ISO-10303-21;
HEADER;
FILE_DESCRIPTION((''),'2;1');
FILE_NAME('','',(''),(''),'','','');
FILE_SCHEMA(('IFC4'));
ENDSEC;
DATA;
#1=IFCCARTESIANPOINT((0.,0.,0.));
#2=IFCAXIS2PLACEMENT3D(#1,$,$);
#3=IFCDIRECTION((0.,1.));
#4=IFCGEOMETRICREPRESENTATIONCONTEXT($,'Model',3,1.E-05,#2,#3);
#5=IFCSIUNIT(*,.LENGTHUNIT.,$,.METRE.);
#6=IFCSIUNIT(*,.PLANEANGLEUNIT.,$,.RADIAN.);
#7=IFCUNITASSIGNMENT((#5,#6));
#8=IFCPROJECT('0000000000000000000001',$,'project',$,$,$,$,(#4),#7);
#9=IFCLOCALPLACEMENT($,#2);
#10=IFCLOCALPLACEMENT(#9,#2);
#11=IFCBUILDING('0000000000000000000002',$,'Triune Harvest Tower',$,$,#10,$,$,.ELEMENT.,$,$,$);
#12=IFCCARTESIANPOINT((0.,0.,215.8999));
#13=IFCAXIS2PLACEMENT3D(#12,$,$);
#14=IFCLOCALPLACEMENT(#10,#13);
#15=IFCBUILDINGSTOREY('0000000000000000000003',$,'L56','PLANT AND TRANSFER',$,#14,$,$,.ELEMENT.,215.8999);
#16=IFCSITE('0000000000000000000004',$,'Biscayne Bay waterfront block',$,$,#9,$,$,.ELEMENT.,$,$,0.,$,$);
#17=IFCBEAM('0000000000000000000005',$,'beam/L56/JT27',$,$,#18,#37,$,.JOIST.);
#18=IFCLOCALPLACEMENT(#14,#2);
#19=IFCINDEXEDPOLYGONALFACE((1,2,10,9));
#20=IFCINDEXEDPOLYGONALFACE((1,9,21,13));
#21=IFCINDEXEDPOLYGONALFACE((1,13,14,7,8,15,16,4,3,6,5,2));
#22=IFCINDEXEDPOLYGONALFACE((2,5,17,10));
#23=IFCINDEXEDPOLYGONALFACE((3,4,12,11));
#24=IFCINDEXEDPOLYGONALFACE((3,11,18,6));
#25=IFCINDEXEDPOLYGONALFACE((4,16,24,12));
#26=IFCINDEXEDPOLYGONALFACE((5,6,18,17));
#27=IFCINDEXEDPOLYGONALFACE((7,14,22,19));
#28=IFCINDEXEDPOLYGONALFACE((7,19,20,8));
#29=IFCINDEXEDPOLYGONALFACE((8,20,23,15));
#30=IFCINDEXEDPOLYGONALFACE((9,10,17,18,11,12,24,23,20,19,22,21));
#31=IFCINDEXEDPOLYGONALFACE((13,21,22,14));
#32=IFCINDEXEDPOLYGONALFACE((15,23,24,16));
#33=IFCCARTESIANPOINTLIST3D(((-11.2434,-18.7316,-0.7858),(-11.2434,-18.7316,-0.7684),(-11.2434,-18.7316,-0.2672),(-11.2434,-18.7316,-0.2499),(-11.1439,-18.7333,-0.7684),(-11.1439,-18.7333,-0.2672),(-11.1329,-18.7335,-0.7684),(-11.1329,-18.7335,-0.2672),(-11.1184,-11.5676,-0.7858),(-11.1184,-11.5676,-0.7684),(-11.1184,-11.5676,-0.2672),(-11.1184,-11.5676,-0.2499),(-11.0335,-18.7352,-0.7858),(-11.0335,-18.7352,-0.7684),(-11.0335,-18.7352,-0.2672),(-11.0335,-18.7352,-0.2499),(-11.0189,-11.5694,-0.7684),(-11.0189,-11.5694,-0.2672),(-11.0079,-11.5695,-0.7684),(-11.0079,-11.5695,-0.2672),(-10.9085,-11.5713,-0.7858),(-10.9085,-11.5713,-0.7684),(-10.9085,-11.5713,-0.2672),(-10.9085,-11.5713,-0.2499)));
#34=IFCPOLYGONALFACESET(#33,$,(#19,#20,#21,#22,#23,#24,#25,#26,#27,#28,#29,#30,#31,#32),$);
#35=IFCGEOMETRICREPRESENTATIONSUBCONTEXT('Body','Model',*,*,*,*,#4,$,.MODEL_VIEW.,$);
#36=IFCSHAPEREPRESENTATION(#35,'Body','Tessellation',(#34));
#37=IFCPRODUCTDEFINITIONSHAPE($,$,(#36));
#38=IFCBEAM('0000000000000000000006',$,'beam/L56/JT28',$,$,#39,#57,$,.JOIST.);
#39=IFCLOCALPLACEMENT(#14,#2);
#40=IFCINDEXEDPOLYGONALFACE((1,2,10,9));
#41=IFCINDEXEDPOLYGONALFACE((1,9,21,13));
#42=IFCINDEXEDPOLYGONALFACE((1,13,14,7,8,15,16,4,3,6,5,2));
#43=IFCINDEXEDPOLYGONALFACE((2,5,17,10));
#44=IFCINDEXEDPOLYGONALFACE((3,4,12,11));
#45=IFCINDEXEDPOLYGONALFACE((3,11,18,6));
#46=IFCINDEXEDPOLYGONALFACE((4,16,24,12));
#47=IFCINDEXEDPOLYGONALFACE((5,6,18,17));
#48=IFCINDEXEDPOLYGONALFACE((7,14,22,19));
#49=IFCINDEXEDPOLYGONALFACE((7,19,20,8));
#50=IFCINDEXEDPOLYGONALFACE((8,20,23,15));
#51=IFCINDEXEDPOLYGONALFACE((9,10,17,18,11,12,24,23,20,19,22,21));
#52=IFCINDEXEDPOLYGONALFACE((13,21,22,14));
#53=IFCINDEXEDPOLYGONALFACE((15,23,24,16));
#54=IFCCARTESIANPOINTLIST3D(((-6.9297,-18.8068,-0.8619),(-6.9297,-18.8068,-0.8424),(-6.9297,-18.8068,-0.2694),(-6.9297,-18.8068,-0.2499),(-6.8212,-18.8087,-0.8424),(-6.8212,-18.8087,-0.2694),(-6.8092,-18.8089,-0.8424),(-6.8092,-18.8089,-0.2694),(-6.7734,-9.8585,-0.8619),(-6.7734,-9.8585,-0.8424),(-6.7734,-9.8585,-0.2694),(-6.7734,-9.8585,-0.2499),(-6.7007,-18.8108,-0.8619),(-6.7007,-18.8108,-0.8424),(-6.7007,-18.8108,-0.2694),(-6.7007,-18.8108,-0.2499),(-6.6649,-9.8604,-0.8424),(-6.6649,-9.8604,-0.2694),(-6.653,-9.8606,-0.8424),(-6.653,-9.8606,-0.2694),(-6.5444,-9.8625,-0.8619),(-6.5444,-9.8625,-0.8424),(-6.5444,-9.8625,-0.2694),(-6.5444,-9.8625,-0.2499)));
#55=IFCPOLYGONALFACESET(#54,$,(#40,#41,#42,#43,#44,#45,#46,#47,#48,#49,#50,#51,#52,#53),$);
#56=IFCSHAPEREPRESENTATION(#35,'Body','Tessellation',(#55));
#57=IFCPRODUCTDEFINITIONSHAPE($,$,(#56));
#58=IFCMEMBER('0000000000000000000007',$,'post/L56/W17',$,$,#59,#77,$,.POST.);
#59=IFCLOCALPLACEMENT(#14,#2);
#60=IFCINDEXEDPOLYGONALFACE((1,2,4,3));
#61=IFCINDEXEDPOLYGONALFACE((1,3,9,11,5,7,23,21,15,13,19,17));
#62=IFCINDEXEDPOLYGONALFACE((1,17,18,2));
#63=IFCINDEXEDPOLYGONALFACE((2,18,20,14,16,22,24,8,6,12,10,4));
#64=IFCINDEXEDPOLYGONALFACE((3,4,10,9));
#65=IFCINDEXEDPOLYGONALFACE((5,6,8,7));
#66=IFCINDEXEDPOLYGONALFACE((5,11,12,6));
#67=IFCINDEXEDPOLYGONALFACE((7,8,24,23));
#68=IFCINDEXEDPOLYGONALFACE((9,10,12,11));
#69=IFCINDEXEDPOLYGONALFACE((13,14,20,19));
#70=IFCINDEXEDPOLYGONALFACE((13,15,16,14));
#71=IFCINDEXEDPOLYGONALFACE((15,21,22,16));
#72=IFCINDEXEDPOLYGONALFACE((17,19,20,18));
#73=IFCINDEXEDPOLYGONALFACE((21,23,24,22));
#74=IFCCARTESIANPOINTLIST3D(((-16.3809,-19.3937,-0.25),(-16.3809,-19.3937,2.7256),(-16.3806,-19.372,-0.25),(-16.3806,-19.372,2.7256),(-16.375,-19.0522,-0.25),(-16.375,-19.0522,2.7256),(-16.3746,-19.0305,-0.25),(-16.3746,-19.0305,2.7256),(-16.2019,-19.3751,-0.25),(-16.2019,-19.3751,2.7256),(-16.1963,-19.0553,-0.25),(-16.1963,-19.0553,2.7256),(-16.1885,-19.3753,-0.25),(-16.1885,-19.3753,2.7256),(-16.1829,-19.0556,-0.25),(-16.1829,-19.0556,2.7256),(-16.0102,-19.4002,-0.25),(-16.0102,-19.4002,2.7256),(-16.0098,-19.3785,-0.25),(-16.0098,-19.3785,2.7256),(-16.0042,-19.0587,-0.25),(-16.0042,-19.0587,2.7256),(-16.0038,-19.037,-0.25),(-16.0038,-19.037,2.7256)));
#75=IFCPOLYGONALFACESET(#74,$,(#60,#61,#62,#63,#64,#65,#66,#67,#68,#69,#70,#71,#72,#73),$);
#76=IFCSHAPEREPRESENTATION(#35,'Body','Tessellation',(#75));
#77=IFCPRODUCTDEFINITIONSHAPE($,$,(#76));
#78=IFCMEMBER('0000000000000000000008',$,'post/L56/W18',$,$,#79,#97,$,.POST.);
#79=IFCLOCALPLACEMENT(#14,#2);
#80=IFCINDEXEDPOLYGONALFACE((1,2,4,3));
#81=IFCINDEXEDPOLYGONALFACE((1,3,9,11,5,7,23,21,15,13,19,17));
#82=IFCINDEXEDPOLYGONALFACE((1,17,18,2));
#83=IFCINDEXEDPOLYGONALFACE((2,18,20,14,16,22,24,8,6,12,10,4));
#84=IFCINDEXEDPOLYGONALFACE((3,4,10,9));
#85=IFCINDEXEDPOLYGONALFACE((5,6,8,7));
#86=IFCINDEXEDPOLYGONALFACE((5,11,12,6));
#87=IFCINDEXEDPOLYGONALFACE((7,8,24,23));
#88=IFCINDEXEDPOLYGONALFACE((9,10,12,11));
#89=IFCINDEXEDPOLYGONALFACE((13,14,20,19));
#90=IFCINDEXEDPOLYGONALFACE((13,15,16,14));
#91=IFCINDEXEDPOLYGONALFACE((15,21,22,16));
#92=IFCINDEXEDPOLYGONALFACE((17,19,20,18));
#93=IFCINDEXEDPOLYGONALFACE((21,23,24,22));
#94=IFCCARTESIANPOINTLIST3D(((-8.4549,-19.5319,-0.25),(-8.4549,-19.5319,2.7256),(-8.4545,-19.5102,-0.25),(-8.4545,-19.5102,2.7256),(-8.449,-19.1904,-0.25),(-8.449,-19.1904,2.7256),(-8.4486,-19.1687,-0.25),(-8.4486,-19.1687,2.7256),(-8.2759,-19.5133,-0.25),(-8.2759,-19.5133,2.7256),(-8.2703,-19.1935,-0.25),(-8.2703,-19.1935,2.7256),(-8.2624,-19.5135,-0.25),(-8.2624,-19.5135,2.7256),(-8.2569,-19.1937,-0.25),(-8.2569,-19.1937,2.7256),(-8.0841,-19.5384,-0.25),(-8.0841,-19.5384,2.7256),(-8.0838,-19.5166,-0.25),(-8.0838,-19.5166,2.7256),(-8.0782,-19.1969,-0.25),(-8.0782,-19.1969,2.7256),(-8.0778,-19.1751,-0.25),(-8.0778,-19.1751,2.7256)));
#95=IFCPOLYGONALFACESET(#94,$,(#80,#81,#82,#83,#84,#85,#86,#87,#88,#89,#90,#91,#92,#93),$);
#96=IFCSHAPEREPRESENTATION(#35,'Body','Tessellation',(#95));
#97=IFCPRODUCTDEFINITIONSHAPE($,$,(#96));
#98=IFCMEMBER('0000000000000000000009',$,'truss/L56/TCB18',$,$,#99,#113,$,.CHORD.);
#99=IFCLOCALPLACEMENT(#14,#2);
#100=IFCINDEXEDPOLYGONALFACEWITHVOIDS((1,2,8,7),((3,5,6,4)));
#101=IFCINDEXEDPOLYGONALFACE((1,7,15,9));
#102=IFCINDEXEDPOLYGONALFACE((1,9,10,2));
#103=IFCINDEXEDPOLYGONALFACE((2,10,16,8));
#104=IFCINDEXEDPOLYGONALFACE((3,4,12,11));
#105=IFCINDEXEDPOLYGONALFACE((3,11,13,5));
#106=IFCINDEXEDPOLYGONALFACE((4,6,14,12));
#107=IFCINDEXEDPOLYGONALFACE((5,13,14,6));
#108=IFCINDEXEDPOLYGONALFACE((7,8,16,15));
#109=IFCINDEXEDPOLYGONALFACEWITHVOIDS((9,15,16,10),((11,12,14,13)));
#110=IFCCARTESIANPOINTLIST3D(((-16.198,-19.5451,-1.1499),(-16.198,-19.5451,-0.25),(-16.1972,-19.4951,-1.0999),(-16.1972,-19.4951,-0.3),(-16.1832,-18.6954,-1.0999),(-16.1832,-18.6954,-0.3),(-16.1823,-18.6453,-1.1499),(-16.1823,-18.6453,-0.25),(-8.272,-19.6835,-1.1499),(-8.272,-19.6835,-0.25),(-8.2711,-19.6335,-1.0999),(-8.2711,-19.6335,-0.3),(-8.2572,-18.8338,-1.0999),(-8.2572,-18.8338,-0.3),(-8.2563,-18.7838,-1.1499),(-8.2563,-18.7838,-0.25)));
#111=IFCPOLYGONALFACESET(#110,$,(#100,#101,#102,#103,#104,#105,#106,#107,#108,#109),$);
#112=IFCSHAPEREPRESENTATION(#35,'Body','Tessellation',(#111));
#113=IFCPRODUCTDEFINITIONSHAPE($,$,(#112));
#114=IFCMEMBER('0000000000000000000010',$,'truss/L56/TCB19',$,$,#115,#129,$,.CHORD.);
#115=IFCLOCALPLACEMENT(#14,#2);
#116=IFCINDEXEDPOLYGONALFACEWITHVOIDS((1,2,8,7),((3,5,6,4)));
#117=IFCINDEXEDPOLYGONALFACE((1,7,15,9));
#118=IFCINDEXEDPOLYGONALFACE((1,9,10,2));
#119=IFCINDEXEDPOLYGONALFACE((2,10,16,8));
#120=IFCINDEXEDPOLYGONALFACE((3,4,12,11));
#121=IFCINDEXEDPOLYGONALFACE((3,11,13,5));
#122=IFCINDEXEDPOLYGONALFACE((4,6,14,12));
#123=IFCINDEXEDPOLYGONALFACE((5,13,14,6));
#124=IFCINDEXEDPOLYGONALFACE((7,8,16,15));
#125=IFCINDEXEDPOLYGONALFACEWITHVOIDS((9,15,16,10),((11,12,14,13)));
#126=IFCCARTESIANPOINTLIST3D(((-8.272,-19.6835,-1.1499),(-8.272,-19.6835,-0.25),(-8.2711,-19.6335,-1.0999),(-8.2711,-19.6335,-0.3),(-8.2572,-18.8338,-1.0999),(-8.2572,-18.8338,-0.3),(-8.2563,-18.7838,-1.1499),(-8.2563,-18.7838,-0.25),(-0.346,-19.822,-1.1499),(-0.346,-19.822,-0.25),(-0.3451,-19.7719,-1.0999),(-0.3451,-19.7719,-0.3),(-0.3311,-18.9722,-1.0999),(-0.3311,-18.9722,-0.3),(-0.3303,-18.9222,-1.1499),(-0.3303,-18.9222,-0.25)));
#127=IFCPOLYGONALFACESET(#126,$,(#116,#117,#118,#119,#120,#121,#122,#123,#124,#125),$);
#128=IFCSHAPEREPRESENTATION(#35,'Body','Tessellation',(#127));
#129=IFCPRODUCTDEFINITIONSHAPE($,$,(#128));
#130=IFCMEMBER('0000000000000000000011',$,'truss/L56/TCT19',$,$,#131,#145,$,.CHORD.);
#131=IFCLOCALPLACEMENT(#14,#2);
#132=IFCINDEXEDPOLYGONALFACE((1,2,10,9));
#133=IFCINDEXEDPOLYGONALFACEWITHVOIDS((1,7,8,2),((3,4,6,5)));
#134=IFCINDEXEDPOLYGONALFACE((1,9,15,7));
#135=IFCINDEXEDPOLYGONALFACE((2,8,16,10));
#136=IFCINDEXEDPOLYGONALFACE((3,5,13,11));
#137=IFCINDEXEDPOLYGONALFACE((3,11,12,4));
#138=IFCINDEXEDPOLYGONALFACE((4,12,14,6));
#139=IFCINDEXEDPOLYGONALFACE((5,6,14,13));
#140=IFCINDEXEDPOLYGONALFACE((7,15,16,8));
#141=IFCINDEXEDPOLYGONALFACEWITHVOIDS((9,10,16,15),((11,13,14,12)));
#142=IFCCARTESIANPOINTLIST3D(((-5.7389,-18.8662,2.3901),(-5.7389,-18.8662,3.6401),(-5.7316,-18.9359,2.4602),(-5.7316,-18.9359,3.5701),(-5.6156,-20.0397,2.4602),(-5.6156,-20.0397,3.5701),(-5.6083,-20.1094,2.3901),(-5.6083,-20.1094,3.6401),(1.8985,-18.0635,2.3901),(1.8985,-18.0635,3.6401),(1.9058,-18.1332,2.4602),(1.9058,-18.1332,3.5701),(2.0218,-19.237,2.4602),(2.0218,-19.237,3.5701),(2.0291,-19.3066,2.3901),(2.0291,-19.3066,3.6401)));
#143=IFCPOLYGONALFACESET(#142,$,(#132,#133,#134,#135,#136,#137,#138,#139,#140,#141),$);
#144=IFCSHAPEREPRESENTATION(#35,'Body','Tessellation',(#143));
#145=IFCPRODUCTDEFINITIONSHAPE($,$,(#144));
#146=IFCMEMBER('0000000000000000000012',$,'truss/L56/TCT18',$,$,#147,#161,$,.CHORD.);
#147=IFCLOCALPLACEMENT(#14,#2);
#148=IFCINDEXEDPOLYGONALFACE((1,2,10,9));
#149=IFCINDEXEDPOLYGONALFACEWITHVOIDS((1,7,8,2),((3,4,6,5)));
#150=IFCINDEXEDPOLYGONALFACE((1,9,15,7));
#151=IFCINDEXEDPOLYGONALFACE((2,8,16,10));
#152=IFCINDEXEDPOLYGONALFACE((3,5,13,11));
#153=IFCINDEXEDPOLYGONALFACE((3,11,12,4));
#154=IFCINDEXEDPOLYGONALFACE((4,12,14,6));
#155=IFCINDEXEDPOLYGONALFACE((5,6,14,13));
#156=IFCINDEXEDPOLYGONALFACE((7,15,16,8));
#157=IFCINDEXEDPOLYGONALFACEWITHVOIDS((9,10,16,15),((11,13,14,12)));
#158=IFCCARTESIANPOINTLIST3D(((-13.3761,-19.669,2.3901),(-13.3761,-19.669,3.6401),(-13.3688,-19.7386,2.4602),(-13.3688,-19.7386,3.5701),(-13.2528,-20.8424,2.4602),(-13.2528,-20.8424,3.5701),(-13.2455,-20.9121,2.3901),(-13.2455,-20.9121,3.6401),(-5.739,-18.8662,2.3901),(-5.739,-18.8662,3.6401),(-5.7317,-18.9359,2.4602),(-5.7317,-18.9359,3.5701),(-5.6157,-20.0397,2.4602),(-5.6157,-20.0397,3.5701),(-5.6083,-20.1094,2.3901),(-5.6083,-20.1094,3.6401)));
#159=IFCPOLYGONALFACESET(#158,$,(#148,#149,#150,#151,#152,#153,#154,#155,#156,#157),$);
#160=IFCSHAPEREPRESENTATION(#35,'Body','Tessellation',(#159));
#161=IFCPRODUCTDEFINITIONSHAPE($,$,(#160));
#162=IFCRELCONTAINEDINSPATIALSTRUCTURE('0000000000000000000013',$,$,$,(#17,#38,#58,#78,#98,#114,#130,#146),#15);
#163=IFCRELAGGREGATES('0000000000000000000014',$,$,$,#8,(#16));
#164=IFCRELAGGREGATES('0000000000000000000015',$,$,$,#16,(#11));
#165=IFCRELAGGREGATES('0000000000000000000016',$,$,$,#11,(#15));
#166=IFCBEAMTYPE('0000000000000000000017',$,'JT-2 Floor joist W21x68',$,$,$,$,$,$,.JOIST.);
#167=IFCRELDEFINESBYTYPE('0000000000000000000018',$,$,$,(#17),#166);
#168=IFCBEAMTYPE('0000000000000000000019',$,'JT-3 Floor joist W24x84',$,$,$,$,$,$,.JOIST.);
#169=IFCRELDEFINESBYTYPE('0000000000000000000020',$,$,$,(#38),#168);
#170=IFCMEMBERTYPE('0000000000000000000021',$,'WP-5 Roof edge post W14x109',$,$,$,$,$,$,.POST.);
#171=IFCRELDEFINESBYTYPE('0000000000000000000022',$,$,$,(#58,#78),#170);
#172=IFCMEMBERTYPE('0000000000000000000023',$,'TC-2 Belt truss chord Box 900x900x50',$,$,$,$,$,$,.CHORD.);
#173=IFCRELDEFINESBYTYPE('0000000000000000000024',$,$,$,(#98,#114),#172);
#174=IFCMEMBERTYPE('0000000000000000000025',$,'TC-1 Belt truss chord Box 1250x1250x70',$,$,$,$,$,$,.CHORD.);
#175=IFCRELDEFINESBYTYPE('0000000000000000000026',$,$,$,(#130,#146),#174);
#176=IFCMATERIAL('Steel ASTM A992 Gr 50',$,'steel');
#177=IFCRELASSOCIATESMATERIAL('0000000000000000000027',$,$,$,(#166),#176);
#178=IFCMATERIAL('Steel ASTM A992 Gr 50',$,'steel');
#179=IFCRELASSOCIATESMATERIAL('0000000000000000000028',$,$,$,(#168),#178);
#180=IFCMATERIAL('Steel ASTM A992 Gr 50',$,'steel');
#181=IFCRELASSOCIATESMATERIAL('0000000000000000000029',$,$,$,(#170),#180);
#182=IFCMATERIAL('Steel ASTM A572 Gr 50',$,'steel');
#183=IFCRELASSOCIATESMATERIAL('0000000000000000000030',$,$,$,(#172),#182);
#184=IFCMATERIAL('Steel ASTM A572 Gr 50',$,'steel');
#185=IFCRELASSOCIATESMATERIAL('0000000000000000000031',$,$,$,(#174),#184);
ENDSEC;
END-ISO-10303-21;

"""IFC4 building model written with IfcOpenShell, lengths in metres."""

from ifc_helpers import new_model, si_unit, direction, frame, origin, origin_2d, place, context, subcontext, project, spatial, hollow_rectangle, i_section, extrude, source, transform, mapped, material, material_profile, profile_set, type_object, element, save


model = new_model("IFC4")

# Units and contexts
model_context = context("Model", 3, precision=1e-05, world=origin(), true_north=direction((0.0, 1.0)))
body_context = subcontext(model_context, "Body", "Model", "MODEL_VIEW")
ifc_project = project(units=[si_unit("LENGTHUNIT", "METRE"), si_unit("PLANEANGLEUNIT", "RADIAN")], contexts=[model_context])

# Site, building, storey
site_placement = place(None, origin())
site = spatial("IfcSite", under=ifc_project, at=site_placement, Name="Biscayne Bay waterfront block", CompositionType="ELEMENT", RefElevation=0.0)
building_placement = place(site_placement, origin())
building = spatial("IfcBuilding", under=site, at=building_placement, Name="Triune Harvest Tower", CompositionType="ELEMENT")
storey_placement = place(building_placement, frame((0.0, 0.0, 215.8999)))
storey = spatial("IfcBuildingStorey", under=building, at=storey_placement, Name="L56", Description="PLANT AND TRANSFER", CompositionType="ELEMENT", Elevation=215.8999)

# Beams
ifc_material_1 = material(Name="Steel ASTM A992 Gr 50", Category="steel")
ifc_material_profile_1 = material_profile(ifc_material_1, i_section(OverallWidth=0.21, OverallDepth=0.5359, WebThickness=0.011, FlangeThickness=0.0173, at=origin_2d()), Name="W21x68")
ifc_profile_set_1 = profile_set([ifc_material_profile_1], Name="Steel ASTM A992 Gr 50")
beam_type_1 = type_object("IfcBeamType", Name="JT-2 Floor joist W21x68", PredefinedType="JOIST", material=ifc_profile_set_1)
shared_shape_1 = source(origin(), body_context, "Body", "SweptSolid", [
    extrude(i_section(OverallWidth=0.21, OverallDepth=0.5359, WebThickness=0.011, FlangeThickness=0.0173, at=origin_2d()), origin(), (0.0, 0.0, 1.0), 7.165),
])
beam_1_placement = place(storey_placement, frame((-11.1384, -18.7334, -0.5178), z_axis=(0.017446, 0.999848, 0.0), x_axis=(-0.999848, 0.017446, 0.0)))
element("IfcBeam", 1, at=beam_1_placement, inside=storey, type_object=beam_type_1, Name="beam/L56/JT27", PredefinedType="JOIST", context=body_context, shape_type="MappedRepresentation", body=[
    mapped(shared_shape_1, transform((0.0, 0.0, 0.0), scale=1.0)),
])
ifc_material_2 = material(Name="Steel ASTM A992 Gr 50", Category="steel")
ifc_material_profile_2 = material_profile(ifc_material_2, i_section(OverallWidth=0.229, OverallDepth=0.6121, WebThickness=0.012, FlangeThickness=0.0195, at=origin_2d()), Name="W24x84")
ifc_profile_set_2 = profile_set([ifc_material_profile_2], Name="Steel ASTM A992 Gr 50")
beam_type_2 = type_object("IfcBeamType", Name="JT-3 Floor joist W24x84", PredefinedType="JOIST", material=ifc_profile_set_2)
shared_shape_2 = source(origin(), body_context, "Body", "SweptSolid", [
    extrude(i_section(OverallWidth=0.229, OverallDepth=0.6121, WebThickness=0.012, FlangeThickness=0.0195, at=origin_2d()), origin(), (0.0, 0.0, 1.0), 8.9497),
])
beam_2_placement = place(storey_placement, frame((-6.8152, -18.8088, -0.5559), z_axis=(0.017459, 0.999848, 0.0), x_axis=(-0.999848, 0.017459, 0.0)))
element("IfcBeam", 2, at=beam_2_placement, inside=storey, type_object=beam_type_2, Name="beam/L56/JT28", PredefinedType="JOIST", context=body_context, shape_type="MappedRepresentation", body=[
    mapped(shared_shape_2, transform((0.0, 0.0, 0.0), scale=1.0)),
])

# Members
ifc_material_3 = material(Name="Steel ASTM A992 Gr 50", Category="steel")
ifc_material_profile_3 = material_profile(ifc_material_3, i_section(OverallWidth=0.3708, OverallDepth=0.3633, WebThickness=0.0134, FlangeThickness=0.0217, at=origin_2d()), Name="W14x109")
ifc_profile_set_3 = profile_set([ifc_material_profile_3], Name="Steel ASTM A992 Gr 50")
member_type_1 = type_object("IfcMemberType", Name="WP-5 Roof edge post W14x109", PredefinedType="POST", material=ifc_profile_set_3)
shared_shape_3 = source(origin(), body_context, "Body", "SweptSolid", [
    extrude(i_section(OverallWidth=0.3708, OverallDepth=0.3633, WebThickness=0.0134, FlangeThickness=0.0217, at=origin_2d()), origin(), (0.0, 0.0, 1.0), 2.9756),
])
for number, where, z_axis, x_axis, name in (
    (3, (-16.1924, -19.2153, -0.25), (0.0, 0.0, 1.0), (0.999848, -0.017452, 0.0), "post/L56/W17"),
    (4, (-8.2664, -19.3535, -0.25), (0.0, 0.0, 1.0), (0.999848, -0.017452, 0.0), "post/L56/W18"),
):
    element("IfcMember", number, at=place(storey_placement, frame(where, z_axis=z_axis, x_axis=x_axis)), inside=storey, type_object=member_type_1, Name=name, PredefinedType="POST", context=body_context, shape_type="MappedRepresentation", body=[
        mapped(shared_shape_3, transform((0.0, 0.0, 0.0), scale=1.0)),
    ])
ifc_material_4 = material(Name="Steel ASTM A572 Gr 50", Category="steel")
ifc_material_profile_4 = material_profile(ifc_material_4, hollow_rectangle(XDim=0.8999, YDim=0.8999, WallThickness=0.05, at=origin_2d()), Name="Box 900x900x50")
ifc_profile_set_4 = profile_set([ifc_material_profile_4], Name="Steel ASTM A572 Gr 50")
member_type_2 = type_object("IfcMemberType", Name="TC-2 Belt truss chord Box 900x900x50", PredefinedType="CHORD", material=ifc_profile_set_4)
shared_shape_4 = source(origin(), body_context, "Body", "SweptSolid", [
    extrude(hollow_rectangle(XDim=0.8999, YDim=0.8999, WallThickness=0.05, at=origin_2d()), origin(), (0.0, 0.0, 1.0), 7.9272),
])
for number, where, z_axis, x_axis, name in (
    (5, (-16.1902, -19.0952, -0.7), (0.999848, -0.017462, 0.0), (0.017462, 0.999848, 0.0), "truss/L56/TCB18"),
    (6, (-8.2642, -19.2336, -0.7), (0.999848, -0.017462, 0.0), (0.017462, 0.999848, 0.0), "truss/L56/TCB19"),
):
    element("IfcMember", number, at=place(storey_placement, frame(where, z_axis=z_axis, x_axis=x_axis)), inside=storey, type_object=member_type_2, Name=name, PredefinedType="CHORD", context=body_context, shape_type="MappedRepresentation", body=[
        mapped(shared_shape_4, transform((0.0, 0.0, 0.0), scale=1.0)),
    ])
ifc_material_5 = material(Name="Steel ASTM A572 Gr 50", Category="steel")
ifc_material_profile_5 = material_profile(ifc_material_5, hollow_rectangle(XDim=1.25, YDim=1.25, WallThickness=0.0701, at=origin_2d()), Name="Box 1250x1250x70")
ifc_profile_set_5 = profile_set([ifc_material_profile_5], Name="Steel ASTM A572 Gr 50")
member_type_3 = type_object("IfcMemberType", Name="TC-1 Belt truss chord Box 1250x1250x70", PredefinedType="CHORD", material=ifc_profile_set_5)
shared_shape_5 = source(origin(), body_context, "Body", "SweptSolid", [
    extrude(hollow_rectangle(XDim=1.25, YDim=1.25, WallThickness=0.0701, at=origin_2d()), origin(), (0.0, 0.0, 1.0), 7.6794),
])
member_1_placement = place(storey_placement, frame((-5.6736, -19.4878, 3.0151), z_axis=(0.994522, 0.104529, 0.0), x_axis=(-0.104529, 0.994522, 0.0)))
element("IfcMember", 7, at=member_1_placement, inside=storey, type_object=member_type_3, Name="truss/L56/TCT19", PredefinedType="CHORD", context=body_context, shape_type="MappedRepresentation", body=[
    mapped(shared_shape_5, transform((0.0, 0.0, 0.0), scale=1.0)),
])
shared_shape_6 = source(origin(), body_context, "Body", "SweptSolid", [
    extrude(hollow_rectangle(XDim=1.25, YDim=1.25, WallThickness=0.0701, at=origin_2d()), origin(), (0.0, 0.0, 1.0), 7.6792),
])
member_2_placement = place(storey_placement, frame((-13.3108, -20.2905, 3.0151), z_axis=(0.994521, 0.104533, 0.0), x_axis=(-0.104533, 0.994521, 0.0)))
element("IfcMember", 8, at=member_2_placement, inside=storey, type_object=member_type_3, Name="truss/L56/TCT18", PredefinedType="CHORD", context=body_context, shape_type="MappedRepresentation", body=[
    mapped(shared_shape_6, transform((0.0, 0.0, 0.0), scale=1.0)),
])

save(model, "model.ifc")
